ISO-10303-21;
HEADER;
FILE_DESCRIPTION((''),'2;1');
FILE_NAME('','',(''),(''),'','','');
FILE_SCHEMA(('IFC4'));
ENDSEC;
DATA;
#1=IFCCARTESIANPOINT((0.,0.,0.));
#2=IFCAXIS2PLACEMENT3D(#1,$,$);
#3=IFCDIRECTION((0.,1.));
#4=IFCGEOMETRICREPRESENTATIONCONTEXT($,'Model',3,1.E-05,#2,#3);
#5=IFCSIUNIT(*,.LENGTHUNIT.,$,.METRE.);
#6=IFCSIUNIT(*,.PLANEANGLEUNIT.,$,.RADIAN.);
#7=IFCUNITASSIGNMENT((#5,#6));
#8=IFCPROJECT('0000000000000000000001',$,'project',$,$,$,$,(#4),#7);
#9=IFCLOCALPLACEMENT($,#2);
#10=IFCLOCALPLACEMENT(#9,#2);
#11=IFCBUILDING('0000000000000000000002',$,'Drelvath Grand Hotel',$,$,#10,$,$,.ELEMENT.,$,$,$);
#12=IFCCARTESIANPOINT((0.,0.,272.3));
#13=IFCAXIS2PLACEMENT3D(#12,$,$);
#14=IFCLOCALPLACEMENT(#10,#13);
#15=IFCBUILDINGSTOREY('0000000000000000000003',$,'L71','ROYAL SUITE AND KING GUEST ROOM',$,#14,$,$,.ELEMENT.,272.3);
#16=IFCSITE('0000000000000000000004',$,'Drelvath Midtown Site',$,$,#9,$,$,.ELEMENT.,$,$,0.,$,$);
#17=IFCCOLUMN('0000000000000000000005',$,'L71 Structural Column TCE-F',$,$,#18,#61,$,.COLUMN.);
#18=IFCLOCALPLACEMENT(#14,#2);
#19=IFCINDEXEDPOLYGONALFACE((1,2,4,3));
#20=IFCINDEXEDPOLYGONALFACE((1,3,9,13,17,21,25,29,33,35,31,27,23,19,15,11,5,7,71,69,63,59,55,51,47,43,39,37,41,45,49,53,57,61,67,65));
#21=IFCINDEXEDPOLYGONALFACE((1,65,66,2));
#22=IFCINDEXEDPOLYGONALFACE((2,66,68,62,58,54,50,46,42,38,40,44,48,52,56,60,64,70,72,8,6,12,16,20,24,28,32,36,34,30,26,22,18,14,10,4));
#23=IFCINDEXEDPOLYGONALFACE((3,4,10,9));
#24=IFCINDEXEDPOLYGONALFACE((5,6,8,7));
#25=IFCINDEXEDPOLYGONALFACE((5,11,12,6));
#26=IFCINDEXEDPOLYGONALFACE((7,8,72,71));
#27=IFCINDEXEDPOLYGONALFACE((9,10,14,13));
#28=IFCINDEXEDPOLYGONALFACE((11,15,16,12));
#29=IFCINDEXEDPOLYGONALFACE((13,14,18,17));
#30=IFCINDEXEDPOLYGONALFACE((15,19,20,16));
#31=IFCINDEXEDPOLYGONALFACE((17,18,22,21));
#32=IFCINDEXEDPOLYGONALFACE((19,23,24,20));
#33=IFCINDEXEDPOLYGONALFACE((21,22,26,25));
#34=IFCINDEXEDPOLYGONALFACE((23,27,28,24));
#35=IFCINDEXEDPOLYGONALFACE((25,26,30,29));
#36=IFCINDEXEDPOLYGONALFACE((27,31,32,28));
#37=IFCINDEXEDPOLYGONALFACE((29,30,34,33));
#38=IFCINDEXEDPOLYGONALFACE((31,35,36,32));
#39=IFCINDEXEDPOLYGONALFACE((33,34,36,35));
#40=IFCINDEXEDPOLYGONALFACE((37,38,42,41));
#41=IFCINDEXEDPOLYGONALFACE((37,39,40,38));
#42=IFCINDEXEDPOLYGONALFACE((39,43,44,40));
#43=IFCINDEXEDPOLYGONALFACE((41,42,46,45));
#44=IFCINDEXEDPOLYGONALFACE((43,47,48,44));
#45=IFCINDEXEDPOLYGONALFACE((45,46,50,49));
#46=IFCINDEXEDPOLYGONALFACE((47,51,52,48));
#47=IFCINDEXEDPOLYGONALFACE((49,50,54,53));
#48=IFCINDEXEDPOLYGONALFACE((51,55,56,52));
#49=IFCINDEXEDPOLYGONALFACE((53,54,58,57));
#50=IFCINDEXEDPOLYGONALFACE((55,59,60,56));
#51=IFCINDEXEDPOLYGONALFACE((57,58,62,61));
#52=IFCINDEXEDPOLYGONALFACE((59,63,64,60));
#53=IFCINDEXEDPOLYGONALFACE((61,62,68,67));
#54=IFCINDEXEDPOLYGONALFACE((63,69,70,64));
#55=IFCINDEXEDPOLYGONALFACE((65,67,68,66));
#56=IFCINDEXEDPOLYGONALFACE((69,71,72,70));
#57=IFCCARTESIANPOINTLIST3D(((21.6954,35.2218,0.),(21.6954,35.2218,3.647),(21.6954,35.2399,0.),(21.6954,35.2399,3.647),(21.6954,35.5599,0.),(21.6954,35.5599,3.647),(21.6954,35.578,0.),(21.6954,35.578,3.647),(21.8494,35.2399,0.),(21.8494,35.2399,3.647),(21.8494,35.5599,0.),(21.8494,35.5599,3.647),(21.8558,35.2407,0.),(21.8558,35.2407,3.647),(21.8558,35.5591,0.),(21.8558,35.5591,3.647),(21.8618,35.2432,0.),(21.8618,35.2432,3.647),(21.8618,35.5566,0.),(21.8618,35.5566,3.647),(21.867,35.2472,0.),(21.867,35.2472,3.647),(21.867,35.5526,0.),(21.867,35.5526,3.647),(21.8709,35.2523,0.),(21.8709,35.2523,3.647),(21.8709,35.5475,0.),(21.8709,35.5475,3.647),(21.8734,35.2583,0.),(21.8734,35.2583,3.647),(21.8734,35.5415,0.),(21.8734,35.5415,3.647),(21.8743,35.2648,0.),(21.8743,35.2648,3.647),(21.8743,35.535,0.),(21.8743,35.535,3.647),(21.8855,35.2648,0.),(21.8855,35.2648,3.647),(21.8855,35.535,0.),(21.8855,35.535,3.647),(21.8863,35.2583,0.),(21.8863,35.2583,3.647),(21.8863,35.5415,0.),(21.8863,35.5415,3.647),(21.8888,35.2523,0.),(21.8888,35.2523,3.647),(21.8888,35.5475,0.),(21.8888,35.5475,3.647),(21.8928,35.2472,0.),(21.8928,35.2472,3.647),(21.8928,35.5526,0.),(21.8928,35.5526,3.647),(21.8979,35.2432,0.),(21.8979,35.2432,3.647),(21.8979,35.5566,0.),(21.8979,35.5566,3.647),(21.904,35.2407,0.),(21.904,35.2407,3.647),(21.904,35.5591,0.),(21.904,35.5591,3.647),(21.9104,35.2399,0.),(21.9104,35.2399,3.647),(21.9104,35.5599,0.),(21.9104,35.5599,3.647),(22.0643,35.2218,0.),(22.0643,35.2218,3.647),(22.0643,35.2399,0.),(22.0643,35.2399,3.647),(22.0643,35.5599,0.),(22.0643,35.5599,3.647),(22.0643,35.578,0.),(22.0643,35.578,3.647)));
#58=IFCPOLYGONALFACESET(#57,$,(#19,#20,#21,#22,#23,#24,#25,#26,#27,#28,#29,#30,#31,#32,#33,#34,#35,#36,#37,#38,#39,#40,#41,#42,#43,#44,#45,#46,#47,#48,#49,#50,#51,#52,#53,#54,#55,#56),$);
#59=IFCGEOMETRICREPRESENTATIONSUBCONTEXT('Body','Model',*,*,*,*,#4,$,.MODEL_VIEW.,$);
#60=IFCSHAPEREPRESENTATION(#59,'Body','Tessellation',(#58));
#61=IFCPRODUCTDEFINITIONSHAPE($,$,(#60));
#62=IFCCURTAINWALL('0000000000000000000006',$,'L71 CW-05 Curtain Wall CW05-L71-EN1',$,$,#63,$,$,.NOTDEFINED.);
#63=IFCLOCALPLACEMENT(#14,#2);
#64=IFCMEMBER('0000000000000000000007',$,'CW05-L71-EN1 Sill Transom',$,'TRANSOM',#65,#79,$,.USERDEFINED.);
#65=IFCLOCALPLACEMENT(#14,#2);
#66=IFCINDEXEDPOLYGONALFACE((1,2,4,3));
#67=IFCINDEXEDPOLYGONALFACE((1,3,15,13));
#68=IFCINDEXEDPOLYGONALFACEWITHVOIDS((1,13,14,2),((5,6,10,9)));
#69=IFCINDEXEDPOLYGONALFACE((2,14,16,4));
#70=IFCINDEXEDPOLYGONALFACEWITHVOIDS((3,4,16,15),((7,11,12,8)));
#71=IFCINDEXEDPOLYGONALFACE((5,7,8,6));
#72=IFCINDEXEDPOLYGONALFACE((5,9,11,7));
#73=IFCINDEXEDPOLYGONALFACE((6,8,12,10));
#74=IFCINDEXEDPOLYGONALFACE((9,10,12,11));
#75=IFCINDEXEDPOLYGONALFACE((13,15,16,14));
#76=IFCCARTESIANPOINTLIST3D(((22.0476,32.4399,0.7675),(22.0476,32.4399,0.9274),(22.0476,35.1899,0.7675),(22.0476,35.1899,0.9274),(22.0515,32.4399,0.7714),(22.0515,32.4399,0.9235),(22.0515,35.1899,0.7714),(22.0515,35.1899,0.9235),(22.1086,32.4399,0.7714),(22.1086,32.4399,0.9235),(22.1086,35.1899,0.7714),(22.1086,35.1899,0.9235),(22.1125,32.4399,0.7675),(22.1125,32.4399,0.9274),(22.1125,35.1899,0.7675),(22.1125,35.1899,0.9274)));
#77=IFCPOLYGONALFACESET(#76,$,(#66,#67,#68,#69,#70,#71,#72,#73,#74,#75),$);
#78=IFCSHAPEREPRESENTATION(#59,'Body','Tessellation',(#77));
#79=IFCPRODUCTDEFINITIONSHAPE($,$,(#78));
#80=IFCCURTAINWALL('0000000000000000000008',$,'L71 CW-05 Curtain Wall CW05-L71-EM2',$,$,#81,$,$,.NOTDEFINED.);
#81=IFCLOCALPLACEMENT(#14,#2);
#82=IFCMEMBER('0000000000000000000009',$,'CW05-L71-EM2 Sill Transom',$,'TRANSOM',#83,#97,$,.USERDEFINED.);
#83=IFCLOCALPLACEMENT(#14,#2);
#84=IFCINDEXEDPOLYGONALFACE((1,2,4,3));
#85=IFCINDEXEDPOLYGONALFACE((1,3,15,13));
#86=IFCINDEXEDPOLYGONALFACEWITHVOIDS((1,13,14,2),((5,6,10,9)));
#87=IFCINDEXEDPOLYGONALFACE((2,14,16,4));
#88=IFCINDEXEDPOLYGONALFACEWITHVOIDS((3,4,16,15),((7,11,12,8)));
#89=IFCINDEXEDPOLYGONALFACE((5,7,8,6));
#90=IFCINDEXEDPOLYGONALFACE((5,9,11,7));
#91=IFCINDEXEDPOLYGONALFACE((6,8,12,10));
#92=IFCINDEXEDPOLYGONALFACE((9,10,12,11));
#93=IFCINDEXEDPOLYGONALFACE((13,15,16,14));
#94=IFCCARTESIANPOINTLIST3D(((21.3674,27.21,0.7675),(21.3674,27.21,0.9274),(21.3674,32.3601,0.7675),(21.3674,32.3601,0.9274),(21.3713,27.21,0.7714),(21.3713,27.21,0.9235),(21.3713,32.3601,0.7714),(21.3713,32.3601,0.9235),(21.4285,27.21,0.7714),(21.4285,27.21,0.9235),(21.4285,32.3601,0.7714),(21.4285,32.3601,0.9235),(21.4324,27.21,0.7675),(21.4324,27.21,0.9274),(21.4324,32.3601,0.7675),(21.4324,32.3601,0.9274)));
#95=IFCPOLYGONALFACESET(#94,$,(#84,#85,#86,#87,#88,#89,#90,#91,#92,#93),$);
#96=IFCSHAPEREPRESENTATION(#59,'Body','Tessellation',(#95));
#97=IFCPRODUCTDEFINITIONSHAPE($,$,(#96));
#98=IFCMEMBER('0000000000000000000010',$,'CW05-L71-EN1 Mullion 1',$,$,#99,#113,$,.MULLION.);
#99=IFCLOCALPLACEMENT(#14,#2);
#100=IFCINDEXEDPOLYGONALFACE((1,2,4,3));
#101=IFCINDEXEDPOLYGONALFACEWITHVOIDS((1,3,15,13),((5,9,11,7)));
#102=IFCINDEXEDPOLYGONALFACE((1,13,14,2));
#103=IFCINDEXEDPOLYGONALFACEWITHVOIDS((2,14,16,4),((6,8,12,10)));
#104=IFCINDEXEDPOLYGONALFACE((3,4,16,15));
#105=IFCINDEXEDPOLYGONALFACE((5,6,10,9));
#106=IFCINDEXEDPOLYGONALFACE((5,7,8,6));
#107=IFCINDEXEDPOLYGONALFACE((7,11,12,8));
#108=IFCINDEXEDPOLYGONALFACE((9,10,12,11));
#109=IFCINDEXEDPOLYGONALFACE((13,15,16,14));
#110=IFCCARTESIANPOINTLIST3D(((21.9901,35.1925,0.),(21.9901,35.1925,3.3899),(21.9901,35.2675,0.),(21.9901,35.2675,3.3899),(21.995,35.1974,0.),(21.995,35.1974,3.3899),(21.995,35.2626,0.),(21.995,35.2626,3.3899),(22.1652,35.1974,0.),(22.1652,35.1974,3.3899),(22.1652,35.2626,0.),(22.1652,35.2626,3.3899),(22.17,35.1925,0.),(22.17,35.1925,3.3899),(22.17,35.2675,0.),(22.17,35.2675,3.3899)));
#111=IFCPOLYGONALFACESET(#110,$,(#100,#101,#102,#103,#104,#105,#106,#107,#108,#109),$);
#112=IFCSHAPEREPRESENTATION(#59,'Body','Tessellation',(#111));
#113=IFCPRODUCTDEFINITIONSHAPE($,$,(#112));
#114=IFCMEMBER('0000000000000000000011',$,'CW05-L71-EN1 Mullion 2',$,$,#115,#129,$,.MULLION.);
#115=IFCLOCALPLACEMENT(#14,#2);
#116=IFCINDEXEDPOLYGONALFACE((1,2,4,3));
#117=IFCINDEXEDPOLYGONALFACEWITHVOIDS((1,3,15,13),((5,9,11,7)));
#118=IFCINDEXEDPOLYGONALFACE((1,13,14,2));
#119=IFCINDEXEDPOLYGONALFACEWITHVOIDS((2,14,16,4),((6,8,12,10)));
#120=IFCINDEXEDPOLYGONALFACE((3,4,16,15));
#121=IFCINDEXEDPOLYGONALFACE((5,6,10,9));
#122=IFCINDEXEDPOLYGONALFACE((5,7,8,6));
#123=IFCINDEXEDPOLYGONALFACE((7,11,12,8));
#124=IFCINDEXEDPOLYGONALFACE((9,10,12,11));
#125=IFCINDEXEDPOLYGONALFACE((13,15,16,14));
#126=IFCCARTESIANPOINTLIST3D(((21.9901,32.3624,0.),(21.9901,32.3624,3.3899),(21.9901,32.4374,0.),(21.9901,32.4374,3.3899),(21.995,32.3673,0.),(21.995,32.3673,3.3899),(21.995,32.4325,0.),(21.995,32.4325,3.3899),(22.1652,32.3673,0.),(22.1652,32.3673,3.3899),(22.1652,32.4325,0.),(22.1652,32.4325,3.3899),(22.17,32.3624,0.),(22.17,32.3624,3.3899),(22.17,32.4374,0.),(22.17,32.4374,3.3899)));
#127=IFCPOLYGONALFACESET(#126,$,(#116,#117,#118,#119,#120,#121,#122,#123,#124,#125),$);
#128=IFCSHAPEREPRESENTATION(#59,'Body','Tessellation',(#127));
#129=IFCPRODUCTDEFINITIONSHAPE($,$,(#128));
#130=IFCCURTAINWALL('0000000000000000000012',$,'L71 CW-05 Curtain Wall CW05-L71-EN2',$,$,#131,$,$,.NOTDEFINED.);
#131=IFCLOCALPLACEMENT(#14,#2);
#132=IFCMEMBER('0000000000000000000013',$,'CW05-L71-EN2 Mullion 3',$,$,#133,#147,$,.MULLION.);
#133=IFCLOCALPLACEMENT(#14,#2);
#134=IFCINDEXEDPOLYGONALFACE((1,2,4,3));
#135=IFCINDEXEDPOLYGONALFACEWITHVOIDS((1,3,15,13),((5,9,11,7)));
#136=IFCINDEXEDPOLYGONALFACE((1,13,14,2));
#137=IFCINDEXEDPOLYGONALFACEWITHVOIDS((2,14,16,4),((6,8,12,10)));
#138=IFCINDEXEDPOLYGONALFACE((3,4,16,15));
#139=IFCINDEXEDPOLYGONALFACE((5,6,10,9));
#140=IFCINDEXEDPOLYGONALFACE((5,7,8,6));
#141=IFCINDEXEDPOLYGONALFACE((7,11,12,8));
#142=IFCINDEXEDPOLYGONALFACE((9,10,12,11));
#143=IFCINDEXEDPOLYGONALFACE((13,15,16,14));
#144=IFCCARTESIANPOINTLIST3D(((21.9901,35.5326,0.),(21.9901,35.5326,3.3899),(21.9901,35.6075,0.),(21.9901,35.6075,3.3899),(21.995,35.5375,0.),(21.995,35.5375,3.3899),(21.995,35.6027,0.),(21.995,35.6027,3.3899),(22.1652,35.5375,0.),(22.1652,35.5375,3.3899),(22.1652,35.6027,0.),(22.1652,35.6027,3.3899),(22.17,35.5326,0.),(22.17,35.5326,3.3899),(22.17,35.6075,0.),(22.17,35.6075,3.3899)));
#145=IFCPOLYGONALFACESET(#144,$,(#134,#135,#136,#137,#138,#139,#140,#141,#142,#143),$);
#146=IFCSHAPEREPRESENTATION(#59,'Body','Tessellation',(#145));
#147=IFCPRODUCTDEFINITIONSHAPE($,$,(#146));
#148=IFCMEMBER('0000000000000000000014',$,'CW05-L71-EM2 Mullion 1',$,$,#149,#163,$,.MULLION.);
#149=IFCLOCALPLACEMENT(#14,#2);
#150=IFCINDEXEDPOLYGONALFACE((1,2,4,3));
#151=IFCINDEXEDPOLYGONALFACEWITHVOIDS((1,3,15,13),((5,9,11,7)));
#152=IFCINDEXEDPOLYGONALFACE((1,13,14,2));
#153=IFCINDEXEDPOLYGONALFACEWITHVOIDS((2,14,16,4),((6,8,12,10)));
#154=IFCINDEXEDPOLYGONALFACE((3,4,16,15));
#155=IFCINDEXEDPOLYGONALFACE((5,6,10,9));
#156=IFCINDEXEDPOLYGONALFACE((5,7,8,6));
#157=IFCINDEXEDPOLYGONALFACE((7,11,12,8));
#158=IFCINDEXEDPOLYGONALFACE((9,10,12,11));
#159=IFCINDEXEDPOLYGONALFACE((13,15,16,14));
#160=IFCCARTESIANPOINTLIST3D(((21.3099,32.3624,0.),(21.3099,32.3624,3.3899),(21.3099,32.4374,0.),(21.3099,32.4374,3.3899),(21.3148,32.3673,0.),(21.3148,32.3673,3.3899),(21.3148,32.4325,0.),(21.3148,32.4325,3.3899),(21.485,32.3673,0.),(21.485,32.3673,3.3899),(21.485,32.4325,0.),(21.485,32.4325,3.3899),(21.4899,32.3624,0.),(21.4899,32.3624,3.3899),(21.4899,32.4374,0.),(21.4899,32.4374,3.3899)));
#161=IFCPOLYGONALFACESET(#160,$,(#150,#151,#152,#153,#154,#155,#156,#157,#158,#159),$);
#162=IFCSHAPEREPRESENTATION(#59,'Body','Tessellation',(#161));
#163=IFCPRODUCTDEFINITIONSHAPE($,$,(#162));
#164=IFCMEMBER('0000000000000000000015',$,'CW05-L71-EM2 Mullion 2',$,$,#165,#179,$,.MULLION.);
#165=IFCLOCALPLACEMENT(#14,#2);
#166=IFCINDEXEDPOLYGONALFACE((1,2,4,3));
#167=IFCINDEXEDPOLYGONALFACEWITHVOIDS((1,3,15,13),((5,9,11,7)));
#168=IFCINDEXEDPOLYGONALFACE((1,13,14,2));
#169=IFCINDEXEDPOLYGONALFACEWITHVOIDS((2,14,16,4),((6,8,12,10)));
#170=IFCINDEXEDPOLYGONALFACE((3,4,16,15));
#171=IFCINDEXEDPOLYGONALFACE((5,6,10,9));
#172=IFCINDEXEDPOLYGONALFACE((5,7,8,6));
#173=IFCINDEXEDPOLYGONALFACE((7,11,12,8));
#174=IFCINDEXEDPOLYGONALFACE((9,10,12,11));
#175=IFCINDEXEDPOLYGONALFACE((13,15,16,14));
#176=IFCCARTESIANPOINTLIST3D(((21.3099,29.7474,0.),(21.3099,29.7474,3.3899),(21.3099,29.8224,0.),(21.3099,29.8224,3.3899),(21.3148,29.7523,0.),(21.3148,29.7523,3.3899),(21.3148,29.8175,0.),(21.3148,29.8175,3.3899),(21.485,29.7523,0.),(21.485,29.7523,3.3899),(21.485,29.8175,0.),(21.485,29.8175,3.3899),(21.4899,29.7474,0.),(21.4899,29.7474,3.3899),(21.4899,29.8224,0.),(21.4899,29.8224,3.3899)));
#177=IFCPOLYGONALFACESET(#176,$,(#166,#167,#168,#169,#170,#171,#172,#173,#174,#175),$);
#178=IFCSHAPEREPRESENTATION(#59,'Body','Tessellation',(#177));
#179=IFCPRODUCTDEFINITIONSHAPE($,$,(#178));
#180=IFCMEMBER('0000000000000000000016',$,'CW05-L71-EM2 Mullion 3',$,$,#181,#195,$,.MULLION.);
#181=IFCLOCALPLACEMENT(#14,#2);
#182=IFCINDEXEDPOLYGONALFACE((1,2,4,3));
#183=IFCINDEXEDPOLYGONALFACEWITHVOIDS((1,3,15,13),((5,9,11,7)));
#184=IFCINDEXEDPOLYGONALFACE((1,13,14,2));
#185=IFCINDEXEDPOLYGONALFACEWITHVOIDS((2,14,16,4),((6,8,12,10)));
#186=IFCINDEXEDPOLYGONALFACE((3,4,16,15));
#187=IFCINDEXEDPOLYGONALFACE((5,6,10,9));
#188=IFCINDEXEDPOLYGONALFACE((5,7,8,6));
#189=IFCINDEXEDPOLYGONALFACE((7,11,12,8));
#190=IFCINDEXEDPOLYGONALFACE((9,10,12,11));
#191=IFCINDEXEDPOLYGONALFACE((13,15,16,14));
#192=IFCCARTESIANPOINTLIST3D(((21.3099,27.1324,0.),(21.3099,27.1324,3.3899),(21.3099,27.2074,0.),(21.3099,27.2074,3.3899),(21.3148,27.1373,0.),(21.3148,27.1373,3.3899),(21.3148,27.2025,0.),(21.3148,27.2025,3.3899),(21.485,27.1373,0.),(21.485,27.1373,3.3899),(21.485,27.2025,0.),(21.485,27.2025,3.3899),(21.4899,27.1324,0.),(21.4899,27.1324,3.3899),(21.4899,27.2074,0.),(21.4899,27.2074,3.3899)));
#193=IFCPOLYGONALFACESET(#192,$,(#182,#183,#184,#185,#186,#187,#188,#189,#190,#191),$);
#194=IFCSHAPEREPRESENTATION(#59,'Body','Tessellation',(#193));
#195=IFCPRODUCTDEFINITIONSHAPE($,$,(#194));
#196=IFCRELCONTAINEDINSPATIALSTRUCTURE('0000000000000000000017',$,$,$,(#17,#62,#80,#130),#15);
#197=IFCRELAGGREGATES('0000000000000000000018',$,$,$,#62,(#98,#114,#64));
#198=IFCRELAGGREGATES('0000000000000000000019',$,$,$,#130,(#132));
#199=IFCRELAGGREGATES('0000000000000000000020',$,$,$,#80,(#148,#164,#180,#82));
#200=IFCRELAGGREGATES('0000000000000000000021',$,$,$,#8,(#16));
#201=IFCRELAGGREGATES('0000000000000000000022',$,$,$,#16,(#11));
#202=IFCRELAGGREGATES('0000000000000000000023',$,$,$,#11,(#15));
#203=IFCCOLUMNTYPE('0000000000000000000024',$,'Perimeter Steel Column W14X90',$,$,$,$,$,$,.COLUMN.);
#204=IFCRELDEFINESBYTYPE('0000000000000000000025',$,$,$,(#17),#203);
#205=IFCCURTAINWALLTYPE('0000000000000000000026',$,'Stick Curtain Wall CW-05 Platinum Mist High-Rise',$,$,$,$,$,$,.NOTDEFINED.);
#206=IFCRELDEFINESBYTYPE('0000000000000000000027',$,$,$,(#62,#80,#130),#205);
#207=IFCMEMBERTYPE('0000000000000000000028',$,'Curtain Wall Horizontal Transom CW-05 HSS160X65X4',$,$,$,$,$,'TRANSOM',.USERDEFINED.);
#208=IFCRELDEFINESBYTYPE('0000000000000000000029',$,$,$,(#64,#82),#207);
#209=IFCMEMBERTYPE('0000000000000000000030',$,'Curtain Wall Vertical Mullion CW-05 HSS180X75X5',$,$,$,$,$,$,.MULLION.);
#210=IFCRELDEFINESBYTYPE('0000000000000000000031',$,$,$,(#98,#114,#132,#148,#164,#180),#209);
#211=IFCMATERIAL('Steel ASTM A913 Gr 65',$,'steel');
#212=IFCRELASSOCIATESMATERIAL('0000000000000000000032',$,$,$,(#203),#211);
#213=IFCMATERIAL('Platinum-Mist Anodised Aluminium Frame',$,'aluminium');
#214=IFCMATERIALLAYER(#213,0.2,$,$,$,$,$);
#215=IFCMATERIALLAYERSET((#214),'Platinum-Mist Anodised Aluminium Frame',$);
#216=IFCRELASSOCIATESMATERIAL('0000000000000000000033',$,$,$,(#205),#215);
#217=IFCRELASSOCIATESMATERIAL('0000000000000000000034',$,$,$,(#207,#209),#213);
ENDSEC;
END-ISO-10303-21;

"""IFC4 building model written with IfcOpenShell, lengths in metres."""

from ifc_helpers import new_model, si_unit, direction, frame, origin, origin_2d, place, context, subcontext, project, spatial, hollow_rectangle, i_section, extrude, material, layer, layer_set, material_profile, profile_set, type_object, element, aggregate, save


model = new_model("IFC4")

# Units and contexts
model_context = context("Model", 3, precision=1e-05, world=origin(), true_north=direction((0.0, 1.0)))
body_context = subcontext(model_context, "Body", "Model", "MODEL_VIEW")
ifc_project = project(units=[si_unit("LENGTHUNIT", "METRE"), si_unit("PLANEANGLEUNIT", "RADIAN")], contexts=[model_context])

# Site, building, storey
site_placement = place(None, origin())
site = spatial("IfcSite", under=ifc_project, at=site_placement, Name="Drelvath Midtown Site", CompositionType="ELEMENT", RefElevation=0.0)
building_placement = place(site_placement, origin())
building = spatial("IfcBuilding", under=site, at=building_placement, Name="Drelvath Grand Hotel", CompositionType="ELEMENT")
storey_placement = place(building_placement, frame((0.0, 0.0, 272.3)))
storey = spatial("IfcBuildingStorey", under=building, at=storey_placement, Name="L71", Description="ROYAL SUITE AND KING GUEST ROOM", CompositionType="ELEMENT", Elevation=272.3)

# Column
ifc_material_1 = material(Name="Steel ASTM A913 Gr 65", Category="steel")
ifc_material_profile_1 = material_profile(ifc_material_1, i_section(OverallWidth=0.3689, OverallDepth=0.3562, WebThickness=0.0112, FlangeThickness=0.0181, FilletRadius=0.0249, at=origin_2d()), Name="W14X90")
ifc_profile_set_1 = profile_set([ifc_material_profile_1], Name="Steel ASTM A913 Gr 65")
column_type = type_object("IfcColumnType", Name="Perimeter Steel Column W14X90", PredefinedType="COLUMN", material=ifc_profile_set_1)
column_placement = place(storey_placement, frame((21.8799, 35.3999, 0.0), z_axis=(0.0, 0.0, 1.0), x_axis=(1.0, 0.0, 0.0)))
element("IfcColumn", 1, at=column_placement, inside=storey, type_object=column_type, Name="L71 Structural Column TCE-F", PredefinedType="COLUMN", context=body_context, shape_type="SweptSolid", body=[
    extrude(i_section(OverallWidth=0.3689, OverallDepth=0.3562, WebThickness=0.0112, FlangeThickness=0.0181, FilletRadius=0.0249, at=origin_2d()), origin(), (0.0, 0.0, 1.0), 3.647),
])

# Curtain walls, members
ifc_material_2 = material(Name="Platinum-Mist Anodised Aluminium Frame", Category="aluminium")
ifc_layer_1 = layer(ifc_material_2, 0.2)
ifc_layer_set_1 = layer_set([ifc_layer_1], Name="Platinum-Mist Anodised Aluminium Frame")
curtain_wall_type = type_object("IfcCurtainWallType", Name="Stick Curtain Wall CW-05 Platinum Mist High-Rise", PredefinedType="NOTDEFINED", material=ifc_layer_set_1)
curtain_wall_1_placement = place(storey_placement, origin())
curtain_wall_1 = element("IfcCurtainWall", 2, at=curtain_wall_1_placement, inside=storey, type_object=curtain_wall_type, Name="L71 CW-05 Curtain Wall CW05-L71-EN1", PredefinedType="NOTDEFINED")
ifc_material_profile_2 = material_profile(ifc_material_2, hollow_rectangle(XDim=0.0649, YDim=0.1599, WallThickness=0.0039, at=origin_2d()), Name="HSS160X65X4")
ifc_profile_set_2 = profile_set([ifc_material_profile_2], Name="Platinum-Mist Anodised Aluminium Frame")
member_type_1 = type_object("IfcMemberType", Name="Curtain Wall Horizontal Transom CW-05 HSS160X65X4", ElementType="TRANSOM", PredefinedType="USERDEFINED", material=ifc_profile_set_2)
member_1_placement = place(storey_placement, frame((22.0801, 35.1899, 0.8474), z_axis=(0.0, -1.0, 0.0), x_axis=(1.0, 0.0, 0.0)))
member_1 = element("IfcMember", 3, at=member_1_placement, type_object=member_type_1, Name="CW05-L71-EN1 Sill Transom", ObjectType="TRANSOM", PredefinedType="USERDEFINED", context=body_context, shape_type="SweptSolid", body=[
    extrude(hollow_rectangle(XDim=0.0649, YDim=0.1599, WallThickness=0.0039, at=origin_2d()), origin(), (0.0, 0.0, 1.0), 2.75),
])
curtain_wall_2_placement = place(storey_placement, origin())
curtain_wall_2 = element("IfcCurtainWall", 4, at=curtain_wall_2_placement, inside=storey, type_object=curtain_wall_type, Name="L71 CW-05 Curtain Wall CW05-L71-EM2", PredefinedType="NOTDEFINED")
member_2_placement = place(storey_placement, frame((21.3999, 32.3601, 0.8474), z_axis=(0.0, -1.0, 0.0), x_axis=(1.0, 0.0, 0.0)))
member_2 = element("IfcMember", 5, at=member_2_placement, type_object=member_type_1, Name="CW05-L71-EM2 Sill Transom", ObjectType="TRANSOM", PredefinedType="USERDEFINED", context=body_context, shape_type="SweptSolid", body=[
    extrude(hollow_rectangle(XDim=0.0649, YDim=0.1599, WallThickness=0.0039, at=origin_2d()), origin(), (0.0, 0.0, 1.0), 5.1501),
])

# Members
ifc_material_profile_3 = material_profile(ifc_material_2, hollow_rectangle(XDim=0.075, YDim=0.1799, WallThickness=0.0049, at=origin_2d()), Name="HSS180X75X5")
ifc_profile_set_3 = profile_set([ifc_material_profile_3], Name="Platinum-Mist Anodised Aluminium Frame")
member_type_2 = type_object("IfcMemberType", Name="Curtain Wall Vertical Mullion CW-05 HSS180X75X5", PredefinedType="MULLION", material=ifc_profile_set_3)
member_3_placement = place(storey_placement, frame((22.0801, 35.23, 0.0), z_axis=(0.0, 0.0, 1.0), x_axis=(0.0, 1.0, 0.0)))
member_3 = element("IfcMember", 6, at=member_3_placement, type_object=member_type_2, Name="CW05-L71-EN1 Mullion 1", PredefinedType="MULLION", context=body_context, shape_type="SweptSolid", body=[
    extrude(hollow_rectangle(XDim=0.075, YDim=0.1799, WallThickness=0.0049, at=origin_2d()), origin(), (0.0, 0.0, 1.0), 3.3899),
])
member_4_placement = place(storey_placement, frame((22.0801, 32.3999, 0.0), z_axis=(0.0, 0.0, 1.0), x_axis=(0.0, 1.0, 0.0)))
member_4 = element("IfcMember", 7, at=member_4_placement, type_object=member_type_2, Name="CW05-L71-EN1 Mullion 2", PredefinedType="MULLION", context=body_context, shape_type="SweptSolid", body=[
    extrude(hollow_rectangle(XDim=0.075, YDim=0.1799, WallThickness=0.0049, at=origin_2d()), origin(), (0.0, 0.0, 1.0), 3.3899),
])

# Curtain wall, member
curtain_wall_3_placement = place(storey_placement, origin())
curtain_wall_3 = element("IfcCurtainWall", 8, at=curtain_wall_3_placement, inside=storey, type_object=curtain_wall_type, Name="L71 CW-05 Curtain Wall CW05-L71-EN2", PredefinedType="NOTDEFINED")
member_5_placement = place(storey_placement, frame((22.0801, 35.5701, 0.0), z_axis=(0.0, 0.0, 1.0), x_axis=(0.0, 1.0, 0.0)))
member_5 = element("IfcMember", 9, at=member_5_placement, type_object=member_type_2, Name="CW05-L71-EN2 Mullion 3", PredefinedType="MULLION", context=body_context, shape_type="SweptSolid", body=[
    extrude(hollow_rectangle(XDim=0.075, YDim=0.1799, WallThickness=0.0049, at=origin_2d()), origin(), (0.0, 0.0, 1.0), 3.3899),
])

# Members
member_6_placement = place(storey_placement, frame((21.3999, 32.3999, 0.0), z_axis=(0.0, 0.0, 1.0), x_axis=(0.0, 1.0, 0.0)))
member_6 = element("IfcMember", 10, at=member_6_placement, type_object=member_type_2, Name="CW05-L71-EM2 Mullion 1", PredefinedType="MULLION", context=body_context, shape_type="SweptSolid", body=[
    extrude(hollow_rectangle(XDim=0.075, YDim=0.1799, WallThickness=0.0049, at=origin_2d()), origin(), (0.0, 0.0, 1.0), 3.3899),
])
member_7_placement = place(storey_placement, frame((21.3999, 29.7849, 0.0), z_axis=(0.0, 0.0, 1.0), x_axis=(0.0, 1.0, 0.0)))
member_7 = element("IfcMember", 11, at=member_7_placement, type_object=member_type_2, Name="CW05-L71-EM2 Mullion 2", PredefinedType="MULLION", context=body_context, shape_type="SweptSolid", body=[
    extrude(hollow_rectangle(XDim=0.075, YDim=0.1799, WallThickness=0.0049, at=origin_2d()), origin(), (0.0, 0.0, 1.0), 3.3899),
])
member_8_placement = place(storey_placement, frame((21.3999, 27.1699, 0.0), z_axis=(0.0, 0.0, 1.0), x_axis=(0.0, 1.0, 0.0)))
member_8 = element("IfcMember", 12, at=member_8_placement, type_object=member_type_2, Name="CW05-L71-EM2 Mullion 3", PredefinedType="MULLION", context=body_context, shape_type="SweptSolid", body=[
    extrude(hollow_rectangle(XDim=0.075, YDim=0.1799, WallThickness=0.0049, at=origin_2d()), origin(), (0.0, 0.0, 1.0), 3.3899),
])

aggregate(curtain_wall_1, [member_3, member_4, member_1])
aggregate(curtain_wall_3, [member_5])
aggregate(curtain_wall_2, [member_6, member_7, member_8, member_2])

save(model, "model.ifc")
